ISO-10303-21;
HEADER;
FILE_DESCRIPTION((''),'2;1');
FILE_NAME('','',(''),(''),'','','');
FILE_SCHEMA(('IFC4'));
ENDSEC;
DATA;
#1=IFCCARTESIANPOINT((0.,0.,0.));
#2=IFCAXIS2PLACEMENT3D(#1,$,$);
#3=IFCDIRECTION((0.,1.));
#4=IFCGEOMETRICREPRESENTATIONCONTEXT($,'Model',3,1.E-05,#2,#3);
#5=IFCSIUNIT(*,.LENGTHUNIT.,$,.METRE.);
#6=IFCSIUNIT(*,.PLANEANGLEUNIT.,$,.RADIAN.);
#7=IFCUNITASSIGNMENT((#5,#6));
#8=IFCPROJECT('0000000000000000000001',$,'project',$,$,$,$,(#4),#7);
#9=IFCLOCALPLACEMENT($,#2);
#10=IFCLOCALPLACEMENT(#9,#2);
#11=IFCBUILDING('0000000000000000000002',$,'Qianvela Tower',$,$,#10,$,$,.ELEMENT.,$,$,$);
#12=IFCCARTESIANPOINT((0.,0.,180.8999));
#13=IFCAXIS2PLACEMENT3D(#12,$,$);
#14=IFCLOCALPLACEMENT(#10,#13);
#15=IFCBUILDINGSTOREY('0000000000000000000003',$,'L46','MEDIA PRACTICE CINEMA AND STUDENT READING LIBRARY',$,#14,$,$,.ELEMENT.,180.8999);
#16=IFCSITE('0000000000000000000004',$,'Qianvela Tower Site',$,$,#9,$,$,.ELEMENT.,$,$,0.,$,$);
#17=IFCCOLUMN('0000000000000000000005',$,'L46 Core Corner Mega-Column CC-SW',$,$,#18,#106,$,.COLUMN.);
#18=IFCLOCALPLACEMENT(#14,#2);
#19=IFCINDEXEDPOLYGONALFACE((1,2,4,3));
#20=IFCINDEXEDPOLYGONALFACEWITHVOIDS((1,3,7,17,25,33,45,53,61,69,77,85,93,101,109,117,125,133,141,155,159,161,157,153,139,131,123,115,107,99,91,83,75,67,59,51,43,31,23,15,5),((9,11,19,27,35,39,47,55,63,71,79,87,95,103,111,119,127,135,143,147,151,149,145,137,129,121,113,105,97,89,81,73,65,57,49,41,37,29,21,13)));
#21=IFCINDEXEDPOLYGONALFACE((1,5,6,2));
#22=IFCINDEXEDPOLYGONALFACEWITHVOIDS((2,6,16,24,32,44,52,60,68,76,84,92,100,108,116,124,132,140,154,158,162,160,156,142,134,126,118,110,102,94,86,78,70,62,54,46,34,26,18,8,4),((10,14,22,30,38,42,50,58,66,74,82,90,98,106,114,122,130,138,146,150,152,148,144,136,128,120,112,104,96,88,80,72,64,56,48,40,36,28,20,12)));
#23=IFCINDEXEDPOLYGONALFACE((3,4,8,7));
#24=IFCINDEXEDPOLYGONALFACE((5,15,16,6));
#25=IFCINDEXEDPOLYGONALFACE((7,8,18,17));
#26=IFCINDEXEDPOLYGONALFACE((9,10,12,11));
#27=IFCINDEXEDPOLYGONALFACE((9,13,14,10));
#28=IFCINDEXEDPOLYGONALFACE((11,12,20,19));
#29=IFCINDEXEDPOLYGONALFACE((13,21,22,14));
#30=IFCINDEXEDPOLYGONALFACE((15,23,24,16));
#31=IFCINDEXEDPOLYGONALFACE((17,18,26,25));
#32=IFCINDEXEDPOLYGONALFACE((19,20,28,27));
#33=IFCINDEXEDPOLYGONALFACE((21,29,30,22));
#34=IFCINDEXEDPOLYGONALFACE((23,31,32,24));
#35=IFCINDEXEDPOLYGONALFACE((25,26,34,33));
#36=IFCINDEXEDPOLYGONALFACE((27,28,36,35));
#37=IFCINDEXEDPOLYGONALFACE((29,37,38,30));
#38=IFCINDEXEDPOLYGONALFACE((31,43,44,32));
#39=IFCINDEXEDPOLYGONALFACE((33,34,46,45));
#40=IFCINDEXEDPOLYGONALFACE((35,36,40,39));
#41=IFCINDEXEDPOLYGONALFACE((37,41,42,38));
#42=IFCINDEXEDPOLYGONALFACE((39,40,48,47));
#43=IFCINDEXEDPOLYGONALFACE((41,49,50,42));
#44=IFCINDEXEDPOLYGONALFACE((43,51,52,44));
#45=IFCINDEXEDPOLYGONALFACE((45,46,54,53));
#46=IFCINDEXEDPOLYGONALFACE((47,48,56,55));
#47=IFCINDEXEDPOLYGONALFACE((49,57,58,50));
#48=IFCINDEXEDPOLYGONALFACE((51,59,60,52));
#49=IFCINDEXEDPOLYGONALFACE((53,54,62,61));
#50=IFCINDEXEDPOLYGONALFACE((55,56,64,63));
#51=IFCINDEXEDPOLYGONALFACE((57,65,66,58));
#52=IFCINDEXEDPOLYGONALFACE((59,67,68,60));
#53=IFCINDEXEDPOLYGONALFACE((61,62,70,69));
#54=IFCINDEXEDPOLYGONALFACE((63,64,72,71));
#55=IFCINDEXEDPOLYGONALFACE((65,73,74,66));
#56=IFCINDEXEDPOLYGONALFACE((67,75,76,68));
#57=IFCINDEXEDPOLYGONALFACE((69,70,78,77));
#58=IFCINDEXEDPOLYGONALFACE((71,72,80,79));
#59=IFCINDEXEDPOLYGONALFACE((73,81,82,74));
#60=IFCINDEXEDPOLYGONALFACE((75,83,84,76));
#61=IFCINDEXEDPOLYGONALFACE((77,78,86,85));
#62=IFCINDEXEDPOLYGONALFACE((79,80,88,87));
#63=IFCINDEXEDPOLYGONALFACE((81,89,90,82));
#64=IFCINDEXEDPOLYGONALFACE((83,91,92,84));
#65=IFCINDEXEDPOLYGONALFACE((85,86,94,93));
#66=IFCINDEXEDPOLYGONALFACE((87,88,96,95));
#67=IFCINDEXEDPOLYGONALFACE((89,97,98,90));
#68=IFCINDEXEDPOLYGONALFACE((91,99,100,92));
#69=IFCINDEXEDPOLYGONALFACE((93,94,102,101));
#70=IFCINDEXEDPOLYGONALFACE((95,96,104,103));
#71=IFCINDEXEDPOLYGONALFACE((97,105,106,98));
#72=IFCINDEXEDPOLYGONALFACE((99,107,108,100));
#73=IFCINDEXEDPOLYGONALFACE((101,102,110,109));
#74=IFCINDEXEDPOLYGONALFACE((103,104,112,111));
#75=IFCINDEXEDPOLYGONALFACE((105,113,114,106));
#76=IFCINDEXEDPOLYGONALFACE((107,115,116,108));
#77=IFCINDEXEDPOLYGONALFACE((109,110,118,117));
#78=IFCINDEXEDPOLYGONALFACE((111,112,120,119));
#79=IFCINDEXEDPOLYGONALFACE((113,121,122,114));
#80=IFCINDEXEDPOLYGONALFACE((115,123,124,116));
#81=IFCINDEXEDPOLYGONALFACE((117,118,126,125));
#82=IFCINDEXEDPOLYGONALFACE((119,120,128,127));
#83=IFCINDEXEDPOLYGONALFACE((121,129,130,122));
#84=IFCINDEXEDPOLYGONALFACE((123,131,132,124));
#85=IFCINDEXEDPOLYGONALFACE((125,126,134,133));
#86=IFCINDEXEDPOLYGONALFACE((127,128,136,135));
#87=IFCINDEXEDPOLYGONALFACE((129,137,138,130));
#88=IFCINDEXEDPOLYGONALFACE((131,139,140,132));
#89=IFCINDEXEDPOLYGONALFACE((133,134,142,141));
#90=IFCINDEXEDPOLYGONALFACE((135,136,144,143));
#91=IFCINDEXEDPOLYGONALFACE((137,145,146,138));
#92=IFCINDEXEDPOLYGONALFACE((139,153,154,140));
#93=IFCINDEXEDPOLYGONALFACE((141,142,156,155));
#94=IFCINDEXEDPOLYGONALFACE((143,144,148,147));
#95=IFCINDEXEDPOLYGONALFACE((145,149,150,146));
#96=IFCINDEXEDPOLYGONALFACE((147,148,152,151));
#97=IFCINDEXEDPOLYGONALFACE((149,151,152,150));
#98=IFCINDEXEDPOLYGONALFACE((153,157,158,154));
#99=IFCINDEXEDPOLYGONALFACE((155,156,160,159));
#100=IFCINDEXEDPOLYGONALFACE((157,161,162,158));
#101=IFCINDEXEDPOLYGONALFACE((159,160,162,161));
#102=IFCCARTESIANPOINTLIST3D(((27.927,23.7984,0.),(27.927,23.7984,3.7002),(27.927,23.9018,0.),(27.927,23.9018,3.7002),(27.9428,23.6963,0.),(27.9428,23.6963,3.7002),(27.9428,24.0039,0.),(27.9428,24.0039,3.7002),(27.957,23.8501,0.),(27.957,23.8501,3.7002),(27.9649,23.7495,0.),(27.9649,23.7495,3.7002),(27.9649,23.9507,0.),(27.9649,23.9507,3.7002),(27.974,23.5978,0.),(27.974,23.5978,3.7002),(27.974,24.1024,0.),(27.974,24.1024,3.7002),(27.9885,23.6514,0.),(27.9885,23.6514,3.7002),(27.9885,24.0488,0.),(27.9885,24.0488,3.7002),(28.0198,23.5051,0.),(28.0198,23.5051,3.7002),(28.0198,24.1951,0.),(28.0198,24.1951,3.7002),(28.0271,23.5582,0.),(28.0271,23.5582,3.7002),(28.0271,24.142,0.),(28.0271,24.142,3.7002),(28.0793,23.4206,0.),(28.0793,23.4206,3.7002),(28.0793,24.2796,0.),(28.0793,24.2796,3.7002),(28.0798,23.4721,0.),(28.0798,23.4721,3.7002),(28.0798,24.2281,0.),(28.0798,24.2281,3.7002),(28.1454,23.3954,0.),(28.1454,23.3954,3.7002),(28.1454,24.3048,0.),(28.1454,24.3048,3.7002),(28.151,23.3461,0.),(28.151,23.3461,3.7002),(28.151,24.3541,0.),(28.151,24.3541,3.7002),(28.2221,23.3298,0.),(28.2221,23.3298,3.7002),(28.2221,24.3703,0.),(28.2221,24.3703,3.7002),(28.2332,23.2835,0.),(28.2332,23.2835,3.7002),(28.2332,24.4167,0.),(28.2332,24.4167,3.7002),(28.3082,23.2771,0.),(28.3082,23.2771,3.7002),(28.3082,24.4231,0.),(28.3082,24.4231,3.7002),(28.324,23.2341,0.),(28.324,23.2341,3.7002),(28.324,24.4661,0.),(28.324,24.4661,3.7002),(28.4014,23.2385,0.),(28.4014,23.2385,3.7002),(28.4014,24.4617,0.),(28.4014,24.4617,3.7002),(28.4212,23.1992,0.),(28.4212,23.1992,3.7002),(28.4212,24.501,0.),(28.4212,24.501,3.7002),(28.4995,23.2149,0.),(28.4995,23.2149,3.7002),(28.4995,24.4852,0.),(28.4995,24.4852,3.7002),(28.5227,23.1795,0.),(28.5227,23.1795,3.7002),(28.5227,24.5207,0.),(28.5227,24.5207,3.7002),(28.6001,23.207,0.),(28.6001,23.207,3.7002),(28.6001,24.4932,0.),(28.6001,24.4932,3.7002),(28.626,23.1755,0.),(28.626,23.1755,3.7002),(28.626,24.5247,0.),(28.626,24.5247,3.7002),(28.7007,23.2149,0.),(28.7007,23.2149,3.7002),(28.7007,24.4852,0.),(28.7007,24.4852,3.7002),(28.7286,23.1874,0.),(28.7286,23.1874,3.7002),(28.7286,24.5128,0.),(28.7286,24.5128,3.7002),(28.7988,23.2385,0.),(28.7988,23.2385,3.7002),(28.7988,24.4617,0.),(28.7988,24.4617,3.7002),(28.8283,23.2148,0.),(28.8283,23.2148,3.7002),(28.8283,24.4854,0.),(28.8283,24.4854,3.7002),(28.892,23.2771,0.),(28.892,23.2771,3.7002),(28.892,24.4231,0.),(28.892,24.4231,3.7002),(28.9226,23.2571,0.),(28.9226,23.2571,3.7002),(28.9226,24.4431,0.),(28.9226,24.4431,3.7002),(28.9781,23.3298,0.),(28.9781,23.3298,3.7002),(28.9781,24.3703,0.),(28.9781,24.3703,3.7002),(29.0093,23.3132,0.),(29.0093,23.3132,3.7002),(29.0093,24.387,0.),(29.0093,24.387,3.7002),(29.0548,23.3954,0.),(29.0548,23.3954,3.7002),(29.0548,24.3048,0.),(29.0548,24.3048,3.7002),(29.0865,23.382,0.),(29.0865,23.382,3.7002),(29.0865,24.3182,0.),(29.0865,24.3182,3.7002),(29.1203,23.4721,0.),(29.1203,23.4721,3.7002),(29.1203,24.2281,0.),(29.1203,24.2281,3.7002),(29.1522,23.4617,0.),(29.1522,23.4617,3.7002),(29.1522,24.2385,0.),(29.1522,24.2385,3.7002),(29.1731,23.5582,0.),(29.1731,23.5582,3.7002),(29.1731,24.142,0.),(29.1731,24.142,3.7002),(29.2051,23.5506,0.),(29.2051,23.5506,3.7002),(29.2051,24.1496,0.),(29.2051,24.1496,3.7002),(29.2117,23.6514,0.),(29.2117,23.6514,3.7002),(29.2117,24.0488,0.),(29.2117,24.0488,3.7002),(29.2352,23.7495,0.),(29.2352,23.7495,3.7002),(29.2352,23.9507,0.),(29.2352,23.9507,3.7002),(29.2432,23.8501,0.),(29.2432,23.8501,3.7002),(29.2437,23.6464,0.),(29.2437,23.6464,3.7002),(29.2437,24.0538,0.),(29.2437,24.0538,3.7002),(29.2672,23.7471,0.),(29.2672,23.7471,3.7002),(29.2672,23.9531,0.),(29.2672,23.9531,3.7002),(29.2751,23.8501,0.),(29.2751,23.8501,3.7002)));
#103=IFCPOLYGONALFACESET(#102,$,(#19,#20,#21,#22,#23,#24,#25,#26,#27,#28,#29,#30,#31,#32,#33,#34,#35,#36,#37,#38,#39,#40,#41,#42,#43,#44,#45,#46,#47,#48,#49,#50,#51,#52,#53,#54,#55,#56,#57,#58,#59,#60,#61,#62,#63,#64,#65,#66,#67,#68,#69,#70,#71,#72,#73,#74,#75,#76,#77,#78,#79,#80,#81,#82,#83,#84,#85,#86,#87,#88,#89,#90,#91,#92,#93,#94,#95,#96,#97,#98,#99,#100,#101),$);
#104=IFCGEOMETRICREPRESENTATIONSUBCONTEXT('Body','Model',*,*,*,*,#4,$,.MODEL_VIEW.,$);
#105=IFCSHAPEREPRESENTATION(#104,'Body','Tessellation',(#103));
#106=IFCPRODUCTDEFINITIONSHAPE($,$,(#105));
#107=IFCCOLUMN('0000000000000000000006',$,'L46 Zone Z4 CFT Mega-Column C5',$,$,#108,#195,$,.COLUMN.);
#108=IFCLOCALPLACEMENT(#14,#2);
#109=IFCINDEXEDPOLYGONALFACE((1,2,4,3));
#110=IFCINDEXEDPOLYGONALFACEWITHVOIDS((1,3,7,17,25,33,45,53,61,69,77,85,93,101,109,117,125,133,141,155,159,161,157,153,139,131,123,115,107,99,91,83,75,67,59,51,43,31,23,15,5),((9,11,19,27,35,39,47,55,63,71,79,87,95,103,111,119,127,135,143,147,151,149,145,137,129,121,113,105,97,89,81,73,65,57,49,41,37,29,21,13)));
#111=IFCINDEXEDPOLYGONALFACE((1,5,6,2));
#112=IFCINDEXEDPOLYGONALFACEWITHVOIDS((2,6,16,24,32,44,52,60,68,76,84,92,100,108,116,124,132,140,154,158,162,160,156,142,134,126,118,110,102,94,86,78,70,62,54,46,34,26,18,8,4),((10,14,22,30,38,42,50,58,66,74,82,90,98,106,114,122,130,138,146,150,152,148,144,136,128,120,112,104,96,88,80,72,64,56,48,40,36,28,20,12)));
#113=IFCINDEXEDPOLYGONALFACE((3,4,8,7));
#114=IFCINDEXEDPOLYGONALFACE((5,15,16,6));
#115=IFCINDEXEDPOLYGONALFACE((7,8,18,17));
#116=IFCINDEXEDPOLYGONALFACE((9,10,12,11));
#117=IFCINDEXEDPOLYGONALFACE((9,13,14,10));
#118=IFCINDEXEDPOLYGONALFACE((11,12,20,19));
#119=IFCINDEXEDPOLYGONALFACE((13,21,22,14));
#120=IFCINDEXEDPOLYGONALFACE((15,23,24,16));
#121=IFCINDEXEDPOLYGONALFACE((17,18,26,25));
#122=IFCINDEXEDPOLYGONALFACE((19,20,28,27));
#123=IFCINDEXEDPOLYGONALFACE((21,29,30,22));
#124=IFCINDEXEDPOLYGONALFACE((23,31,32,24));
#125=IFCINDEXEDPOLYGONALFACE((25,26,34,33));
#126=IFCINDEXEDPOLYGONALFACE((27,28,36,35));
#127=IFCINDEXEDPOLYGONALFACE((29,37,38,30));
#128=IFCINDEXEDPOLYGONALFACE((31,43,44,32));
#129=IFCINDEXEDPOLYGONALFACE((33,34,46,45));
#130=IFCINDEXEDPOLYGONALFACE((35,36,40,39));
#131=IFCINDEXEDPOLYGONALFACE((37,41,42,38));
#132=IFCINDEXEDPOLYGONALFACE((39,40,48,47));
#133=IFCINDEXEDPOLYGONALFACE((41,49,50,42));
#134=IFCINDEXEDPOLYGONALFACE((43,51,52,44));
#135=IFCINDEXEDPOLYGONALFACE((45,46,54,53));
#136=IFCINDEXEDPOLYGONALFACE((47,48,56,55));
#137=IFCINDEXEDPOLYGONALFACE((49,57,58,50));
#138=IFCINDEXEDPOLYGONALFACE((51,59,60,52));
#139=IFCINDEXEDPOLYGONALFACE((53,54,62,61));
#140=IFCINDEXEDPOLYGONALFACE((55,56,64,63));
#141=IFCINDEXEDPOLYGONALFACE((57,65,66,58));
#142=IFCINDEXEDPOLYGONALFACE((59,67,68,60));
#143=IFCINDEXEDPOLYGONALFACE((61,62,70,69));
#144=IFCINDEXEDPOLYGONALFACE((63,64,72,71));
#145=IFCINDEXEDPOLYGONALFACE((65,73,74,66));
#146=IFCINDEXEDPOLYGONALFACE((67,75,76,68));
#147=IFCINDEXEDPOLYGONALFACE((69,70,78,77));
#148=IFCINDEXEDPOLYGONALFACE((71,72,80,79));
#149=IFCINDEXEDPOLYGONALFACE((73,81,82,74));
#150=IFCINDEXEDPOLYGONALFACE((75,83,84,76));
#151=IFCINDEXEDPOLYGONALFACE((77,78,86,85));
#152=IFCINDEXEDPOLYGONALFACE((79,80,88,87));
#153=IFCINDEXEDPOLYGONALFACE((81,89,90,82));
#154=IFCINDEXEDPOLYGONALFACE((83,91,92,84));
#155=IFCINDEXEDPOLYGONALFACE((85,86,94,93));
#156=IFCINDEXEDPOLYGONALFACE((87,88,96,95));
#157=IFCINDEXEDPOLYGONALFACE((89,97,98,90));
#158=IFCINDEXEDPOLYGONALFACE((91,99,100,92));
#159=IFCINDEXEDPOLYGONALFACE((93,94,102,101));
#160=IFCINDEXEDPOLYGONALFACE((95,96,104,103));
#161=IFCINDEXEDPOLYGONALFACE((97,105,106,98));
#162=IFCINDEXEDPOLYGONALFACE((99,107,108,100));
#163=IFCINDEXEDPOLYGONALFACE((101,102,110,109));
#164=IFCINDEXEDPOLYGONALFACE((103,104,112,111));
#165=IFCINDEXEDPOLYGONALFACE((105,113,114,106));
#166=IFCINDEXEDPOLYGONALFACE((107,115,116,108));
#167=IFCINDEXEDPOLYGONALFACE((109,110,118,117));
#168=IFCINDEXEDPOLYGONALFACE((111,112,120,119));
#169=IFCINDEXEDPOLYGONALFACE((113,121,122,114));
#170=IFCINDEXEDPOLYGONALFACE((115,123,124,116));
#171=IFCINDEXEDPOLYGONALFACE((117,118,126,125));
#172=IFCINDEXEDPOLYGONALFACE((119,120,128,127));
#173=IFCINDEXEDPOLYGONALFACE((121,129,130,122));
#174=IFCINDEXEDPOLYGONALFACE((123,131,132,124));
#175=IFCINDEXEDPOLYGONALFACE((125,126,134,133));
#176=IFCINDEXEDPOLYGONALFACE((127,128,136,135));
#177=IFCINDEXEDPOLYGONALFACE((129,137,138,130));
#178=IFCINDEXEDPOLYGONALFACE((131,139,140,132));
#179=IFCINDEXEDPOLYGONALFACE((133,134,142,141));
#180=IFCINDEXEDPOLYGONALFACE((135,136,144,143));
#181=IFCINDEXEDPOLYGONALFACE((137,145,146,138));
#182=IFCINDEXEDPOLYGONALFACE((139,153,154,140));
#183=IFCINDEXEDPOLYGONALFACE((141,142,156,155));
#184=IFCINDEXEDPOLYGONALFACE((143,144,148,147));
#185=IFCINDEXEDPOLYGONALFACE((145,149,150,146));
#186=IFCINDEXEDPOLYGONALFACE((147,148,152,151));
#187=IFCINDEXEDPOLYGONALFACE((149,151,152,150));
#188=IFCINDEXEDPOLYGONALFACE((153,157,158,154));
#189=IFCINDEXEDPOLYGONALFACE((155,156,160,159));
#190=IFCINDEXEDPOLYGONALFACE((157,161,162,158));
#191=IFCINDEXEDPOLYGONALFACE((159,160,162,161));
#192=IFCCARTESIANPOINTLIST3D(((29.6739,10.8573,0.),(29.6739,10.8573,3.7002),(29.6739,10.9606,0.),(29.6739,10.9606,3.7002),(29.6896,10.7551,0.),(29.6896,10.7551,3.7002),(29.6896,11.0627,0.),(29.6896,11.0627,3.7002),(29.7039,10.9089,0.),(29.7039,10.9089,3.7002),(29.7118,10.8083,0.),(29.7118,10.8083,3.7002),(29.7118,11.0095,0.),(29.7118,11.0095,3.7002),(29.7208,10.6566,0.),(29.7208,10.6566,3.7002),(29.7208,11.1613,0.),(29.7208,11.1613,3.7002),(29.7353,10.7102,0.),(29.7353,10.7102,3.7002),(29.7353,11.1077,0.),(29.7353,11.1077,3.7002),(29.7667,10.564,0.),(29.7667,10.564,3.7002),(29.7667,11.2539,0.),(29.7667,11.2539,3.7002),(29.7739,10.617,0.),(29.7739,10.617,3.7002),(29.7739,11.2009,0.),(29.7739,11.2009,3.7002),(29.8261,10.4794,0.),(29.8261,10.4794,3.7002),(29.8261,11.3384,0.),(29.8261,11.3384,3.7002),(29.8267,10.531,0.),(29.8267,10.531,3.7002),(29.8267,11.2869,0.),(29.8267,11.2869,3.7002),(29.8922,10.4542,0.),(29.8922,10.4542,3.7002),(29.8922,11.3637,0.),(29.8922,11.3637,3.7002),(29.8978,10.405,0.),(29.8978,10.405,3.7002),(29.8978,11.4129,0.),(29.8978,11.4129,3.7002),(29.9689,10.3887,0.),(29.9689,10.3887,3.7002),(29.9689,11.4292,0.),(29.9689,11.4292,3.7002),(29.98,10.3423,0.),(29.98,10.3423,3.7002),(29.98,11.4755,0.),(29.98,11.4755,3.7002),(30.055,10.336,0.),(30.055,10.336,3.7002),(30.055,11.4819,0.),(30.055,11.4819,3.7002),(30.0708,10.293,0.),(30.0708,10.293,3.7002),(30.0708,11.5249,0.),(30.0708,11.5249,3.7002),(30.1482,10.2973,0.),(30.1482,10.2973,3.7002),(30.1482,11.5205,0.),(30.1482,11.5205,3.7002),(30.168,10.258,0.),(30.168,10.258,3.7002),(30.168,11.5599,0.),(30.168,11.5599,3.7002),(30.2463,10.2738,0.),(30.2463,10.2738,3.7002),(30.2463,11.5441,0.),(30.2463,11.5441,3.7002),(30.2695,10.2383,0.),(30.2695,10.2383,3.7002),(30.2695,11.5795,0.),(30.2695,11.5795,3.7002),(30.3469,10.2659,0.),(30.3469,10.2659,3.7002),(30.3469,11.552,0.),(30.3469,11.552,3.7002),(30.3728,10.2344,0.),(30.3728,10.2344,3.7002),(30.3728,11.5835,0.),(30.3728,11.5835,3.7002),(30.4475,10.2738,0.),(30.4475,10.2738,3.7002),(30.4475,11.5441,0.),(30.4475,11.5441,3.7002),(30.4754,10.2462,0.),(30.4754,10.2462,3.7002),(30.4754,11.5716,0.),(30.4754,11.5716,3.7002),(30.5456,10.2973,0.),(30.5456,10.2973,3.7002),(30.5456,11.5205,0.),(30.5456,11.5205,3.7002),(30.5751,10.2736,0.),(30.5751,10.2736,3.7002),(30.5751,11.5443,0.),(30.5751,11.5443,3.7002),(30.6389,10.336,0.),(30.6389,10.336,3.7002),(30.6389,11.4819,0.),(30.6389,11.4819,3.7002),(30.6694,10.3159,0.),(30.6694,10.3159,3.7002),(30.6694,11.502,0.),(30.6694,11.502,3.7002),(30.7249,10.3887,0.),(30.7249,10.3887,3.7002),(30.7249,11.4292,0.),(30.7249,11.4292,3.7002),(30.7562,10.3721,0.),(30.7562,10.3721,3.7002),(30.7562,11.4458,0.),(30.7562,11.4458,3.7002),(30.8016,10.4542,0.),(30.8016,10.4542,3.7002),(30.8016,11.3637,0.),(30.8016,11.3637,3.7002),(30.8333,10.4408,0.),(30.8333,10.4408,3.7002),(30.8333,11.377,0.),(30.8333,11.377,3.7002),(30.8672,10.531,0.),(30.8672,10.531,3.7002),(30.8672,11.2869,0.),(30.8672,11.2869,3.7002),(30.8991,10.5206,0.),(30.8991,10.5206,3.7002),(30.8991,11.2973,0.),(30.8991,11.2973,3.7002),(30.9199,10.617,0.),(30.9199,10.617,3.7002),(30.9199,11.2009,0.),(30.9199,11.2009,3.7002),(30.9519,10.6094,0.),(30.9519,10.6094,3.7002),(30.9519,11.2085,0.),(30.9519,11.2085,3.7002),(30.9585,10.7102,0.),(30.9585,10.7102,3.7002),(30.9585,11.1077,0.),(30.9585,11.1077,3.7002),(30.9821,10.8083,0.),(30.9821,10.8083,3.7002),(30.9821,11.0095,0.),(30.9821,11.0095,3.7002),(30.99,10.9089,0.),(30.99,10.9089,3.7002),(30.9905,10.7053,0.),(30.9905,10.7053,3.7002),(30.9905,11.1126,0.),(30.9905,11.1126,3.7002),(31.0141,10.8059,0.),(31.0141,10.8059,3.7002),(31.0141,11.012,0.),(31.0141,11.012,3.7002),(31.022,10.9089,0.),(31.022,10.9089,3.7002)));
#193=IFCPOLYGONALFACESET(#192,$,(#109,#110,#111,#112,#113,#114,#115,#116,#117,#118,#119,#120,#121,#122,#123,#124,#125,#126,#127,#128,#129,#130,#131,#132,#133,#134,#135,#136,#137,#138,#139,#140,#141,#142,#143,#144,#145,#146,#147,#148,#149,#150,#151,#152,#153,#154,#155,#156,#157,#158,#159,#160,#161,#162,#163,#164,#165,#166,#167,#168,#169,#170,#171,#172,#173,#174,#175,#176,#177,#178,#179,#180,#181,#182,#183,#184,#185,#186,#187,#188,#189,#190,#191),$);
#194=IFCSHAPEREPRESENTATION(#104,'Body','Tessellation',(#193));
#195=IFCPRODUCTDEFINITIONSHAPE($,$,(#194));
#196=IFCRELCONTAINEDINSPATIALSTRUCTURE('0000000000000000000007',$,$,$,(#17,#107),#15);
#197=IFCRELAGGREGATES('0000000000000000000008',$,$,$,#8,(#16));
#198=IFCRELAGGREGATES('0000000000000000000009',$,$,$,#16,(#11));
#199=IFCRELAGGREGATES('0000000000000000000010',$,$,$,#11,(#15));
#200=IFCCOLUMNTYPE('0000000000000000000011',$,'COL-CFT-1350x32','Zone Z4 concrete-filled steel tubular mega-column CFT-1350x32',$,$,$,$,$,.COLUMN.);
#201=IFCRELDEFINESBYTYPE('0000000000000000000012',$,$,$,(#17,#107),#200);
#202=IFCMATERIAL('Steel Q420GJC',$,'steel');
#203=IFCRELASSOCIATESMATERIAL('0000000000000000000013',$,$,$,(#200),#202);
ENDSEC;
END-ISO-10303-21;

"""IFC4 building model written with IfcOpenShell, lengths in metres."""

from ifc_helpers import new_model, si_unit, direction, frame, origin, origin_2d, place, context, subcontext, project, spatial, hollow_circle, extrude, material, material_profile, profile_set, type_object, element, save


model = new_model("IFC4")

# Units and contexts
model_context = context("Model", 3, precision=1e-05, world=origin(), true_north=direction((0.0, 1.0)))
body_context = subcontext(model_context, "Body", "Model", "MODEL_VIEW")
ifc_project = project(units=[si_unit("LENGTHUNIT", "METRE"), si_unit("PLANEANGLEUNIT", "RADIAN")], contexts=[model_context])

# Site, building, storey
site_placement = place(None, origin())
site = spatial("IfcSite", under=ifc_project, at=site_placement, Name="Qianvela Tower Site", CompositionType="ELEMENT", RefElevation=0.0)
building_placement = place(site_placement, origin())
building = spatial("IfcBuilding", under=site, at=building_placement, Name="Qianvela Tower", CompositionType="ELEMENT")
storey_placement = place(building_placement, frame((0.0, 0.0, 180.8999)))
storey = spatial("IfcBuildingStorey", under=building, at=storey_placement, Name="L46", Description="MEDIA PRACTICE CINEMA AND STUDENT READING LIBRARY", CompositionType="ELEMENT", Elevation=180.8999)

# Columns
ifc_material_1 = material(Name="Steel Q420GJC", Category="steel")
ifc_material_profile_1 = material_profile(ifc_material_1, hollow_circle(Radius=0.675, WallThickness=0.032, at=origin_2d()), Name="CFT-1350x32")
ifc_profile_set_1 = profile_set([ifc_material_profile_1], Name="Steel Q420GJC")
column_type = type_object("IfcColumnType", Name="COL-CFT-1350x32", Description="Zone Z4 concrete-filled steel tubular mega-column CFT-1350x32", PredefinedType="COLUMN", material=ifc_profile_set_1)
for number, where, z_axis, x_axis, name in (
    (1, (28.6001, 23.8501, 0.0), (0.0, 0.0, 1.0), (1.0, 0.0, 0.0), "L46 Core Corner Mega-Column CC-SW"),
    (2, (30.3469, 10.9089, 0.0), (0.0, 0.0, 1.0), (1.0, 0.0, 0.0), "L46 Zone Z4 CFT Mega-Column C5"),
):
    element("IfcColumn", number, at=place(storey_placement, frame(where, z_axis=z_axis, x_axis=x_axis)), inside=storey, type_object=column_type, Name=name, PredefinedType="COLUMN", context=body_context, shape_type="SweptSolid", body=[
        extrude(hollow_circle(Radius=0.675, WallThickness=0.032, at=origin_2d()), origin(), (0.0, 0.0, 1.0), 3.7002),
    ])

save(model, "model.ifc")
